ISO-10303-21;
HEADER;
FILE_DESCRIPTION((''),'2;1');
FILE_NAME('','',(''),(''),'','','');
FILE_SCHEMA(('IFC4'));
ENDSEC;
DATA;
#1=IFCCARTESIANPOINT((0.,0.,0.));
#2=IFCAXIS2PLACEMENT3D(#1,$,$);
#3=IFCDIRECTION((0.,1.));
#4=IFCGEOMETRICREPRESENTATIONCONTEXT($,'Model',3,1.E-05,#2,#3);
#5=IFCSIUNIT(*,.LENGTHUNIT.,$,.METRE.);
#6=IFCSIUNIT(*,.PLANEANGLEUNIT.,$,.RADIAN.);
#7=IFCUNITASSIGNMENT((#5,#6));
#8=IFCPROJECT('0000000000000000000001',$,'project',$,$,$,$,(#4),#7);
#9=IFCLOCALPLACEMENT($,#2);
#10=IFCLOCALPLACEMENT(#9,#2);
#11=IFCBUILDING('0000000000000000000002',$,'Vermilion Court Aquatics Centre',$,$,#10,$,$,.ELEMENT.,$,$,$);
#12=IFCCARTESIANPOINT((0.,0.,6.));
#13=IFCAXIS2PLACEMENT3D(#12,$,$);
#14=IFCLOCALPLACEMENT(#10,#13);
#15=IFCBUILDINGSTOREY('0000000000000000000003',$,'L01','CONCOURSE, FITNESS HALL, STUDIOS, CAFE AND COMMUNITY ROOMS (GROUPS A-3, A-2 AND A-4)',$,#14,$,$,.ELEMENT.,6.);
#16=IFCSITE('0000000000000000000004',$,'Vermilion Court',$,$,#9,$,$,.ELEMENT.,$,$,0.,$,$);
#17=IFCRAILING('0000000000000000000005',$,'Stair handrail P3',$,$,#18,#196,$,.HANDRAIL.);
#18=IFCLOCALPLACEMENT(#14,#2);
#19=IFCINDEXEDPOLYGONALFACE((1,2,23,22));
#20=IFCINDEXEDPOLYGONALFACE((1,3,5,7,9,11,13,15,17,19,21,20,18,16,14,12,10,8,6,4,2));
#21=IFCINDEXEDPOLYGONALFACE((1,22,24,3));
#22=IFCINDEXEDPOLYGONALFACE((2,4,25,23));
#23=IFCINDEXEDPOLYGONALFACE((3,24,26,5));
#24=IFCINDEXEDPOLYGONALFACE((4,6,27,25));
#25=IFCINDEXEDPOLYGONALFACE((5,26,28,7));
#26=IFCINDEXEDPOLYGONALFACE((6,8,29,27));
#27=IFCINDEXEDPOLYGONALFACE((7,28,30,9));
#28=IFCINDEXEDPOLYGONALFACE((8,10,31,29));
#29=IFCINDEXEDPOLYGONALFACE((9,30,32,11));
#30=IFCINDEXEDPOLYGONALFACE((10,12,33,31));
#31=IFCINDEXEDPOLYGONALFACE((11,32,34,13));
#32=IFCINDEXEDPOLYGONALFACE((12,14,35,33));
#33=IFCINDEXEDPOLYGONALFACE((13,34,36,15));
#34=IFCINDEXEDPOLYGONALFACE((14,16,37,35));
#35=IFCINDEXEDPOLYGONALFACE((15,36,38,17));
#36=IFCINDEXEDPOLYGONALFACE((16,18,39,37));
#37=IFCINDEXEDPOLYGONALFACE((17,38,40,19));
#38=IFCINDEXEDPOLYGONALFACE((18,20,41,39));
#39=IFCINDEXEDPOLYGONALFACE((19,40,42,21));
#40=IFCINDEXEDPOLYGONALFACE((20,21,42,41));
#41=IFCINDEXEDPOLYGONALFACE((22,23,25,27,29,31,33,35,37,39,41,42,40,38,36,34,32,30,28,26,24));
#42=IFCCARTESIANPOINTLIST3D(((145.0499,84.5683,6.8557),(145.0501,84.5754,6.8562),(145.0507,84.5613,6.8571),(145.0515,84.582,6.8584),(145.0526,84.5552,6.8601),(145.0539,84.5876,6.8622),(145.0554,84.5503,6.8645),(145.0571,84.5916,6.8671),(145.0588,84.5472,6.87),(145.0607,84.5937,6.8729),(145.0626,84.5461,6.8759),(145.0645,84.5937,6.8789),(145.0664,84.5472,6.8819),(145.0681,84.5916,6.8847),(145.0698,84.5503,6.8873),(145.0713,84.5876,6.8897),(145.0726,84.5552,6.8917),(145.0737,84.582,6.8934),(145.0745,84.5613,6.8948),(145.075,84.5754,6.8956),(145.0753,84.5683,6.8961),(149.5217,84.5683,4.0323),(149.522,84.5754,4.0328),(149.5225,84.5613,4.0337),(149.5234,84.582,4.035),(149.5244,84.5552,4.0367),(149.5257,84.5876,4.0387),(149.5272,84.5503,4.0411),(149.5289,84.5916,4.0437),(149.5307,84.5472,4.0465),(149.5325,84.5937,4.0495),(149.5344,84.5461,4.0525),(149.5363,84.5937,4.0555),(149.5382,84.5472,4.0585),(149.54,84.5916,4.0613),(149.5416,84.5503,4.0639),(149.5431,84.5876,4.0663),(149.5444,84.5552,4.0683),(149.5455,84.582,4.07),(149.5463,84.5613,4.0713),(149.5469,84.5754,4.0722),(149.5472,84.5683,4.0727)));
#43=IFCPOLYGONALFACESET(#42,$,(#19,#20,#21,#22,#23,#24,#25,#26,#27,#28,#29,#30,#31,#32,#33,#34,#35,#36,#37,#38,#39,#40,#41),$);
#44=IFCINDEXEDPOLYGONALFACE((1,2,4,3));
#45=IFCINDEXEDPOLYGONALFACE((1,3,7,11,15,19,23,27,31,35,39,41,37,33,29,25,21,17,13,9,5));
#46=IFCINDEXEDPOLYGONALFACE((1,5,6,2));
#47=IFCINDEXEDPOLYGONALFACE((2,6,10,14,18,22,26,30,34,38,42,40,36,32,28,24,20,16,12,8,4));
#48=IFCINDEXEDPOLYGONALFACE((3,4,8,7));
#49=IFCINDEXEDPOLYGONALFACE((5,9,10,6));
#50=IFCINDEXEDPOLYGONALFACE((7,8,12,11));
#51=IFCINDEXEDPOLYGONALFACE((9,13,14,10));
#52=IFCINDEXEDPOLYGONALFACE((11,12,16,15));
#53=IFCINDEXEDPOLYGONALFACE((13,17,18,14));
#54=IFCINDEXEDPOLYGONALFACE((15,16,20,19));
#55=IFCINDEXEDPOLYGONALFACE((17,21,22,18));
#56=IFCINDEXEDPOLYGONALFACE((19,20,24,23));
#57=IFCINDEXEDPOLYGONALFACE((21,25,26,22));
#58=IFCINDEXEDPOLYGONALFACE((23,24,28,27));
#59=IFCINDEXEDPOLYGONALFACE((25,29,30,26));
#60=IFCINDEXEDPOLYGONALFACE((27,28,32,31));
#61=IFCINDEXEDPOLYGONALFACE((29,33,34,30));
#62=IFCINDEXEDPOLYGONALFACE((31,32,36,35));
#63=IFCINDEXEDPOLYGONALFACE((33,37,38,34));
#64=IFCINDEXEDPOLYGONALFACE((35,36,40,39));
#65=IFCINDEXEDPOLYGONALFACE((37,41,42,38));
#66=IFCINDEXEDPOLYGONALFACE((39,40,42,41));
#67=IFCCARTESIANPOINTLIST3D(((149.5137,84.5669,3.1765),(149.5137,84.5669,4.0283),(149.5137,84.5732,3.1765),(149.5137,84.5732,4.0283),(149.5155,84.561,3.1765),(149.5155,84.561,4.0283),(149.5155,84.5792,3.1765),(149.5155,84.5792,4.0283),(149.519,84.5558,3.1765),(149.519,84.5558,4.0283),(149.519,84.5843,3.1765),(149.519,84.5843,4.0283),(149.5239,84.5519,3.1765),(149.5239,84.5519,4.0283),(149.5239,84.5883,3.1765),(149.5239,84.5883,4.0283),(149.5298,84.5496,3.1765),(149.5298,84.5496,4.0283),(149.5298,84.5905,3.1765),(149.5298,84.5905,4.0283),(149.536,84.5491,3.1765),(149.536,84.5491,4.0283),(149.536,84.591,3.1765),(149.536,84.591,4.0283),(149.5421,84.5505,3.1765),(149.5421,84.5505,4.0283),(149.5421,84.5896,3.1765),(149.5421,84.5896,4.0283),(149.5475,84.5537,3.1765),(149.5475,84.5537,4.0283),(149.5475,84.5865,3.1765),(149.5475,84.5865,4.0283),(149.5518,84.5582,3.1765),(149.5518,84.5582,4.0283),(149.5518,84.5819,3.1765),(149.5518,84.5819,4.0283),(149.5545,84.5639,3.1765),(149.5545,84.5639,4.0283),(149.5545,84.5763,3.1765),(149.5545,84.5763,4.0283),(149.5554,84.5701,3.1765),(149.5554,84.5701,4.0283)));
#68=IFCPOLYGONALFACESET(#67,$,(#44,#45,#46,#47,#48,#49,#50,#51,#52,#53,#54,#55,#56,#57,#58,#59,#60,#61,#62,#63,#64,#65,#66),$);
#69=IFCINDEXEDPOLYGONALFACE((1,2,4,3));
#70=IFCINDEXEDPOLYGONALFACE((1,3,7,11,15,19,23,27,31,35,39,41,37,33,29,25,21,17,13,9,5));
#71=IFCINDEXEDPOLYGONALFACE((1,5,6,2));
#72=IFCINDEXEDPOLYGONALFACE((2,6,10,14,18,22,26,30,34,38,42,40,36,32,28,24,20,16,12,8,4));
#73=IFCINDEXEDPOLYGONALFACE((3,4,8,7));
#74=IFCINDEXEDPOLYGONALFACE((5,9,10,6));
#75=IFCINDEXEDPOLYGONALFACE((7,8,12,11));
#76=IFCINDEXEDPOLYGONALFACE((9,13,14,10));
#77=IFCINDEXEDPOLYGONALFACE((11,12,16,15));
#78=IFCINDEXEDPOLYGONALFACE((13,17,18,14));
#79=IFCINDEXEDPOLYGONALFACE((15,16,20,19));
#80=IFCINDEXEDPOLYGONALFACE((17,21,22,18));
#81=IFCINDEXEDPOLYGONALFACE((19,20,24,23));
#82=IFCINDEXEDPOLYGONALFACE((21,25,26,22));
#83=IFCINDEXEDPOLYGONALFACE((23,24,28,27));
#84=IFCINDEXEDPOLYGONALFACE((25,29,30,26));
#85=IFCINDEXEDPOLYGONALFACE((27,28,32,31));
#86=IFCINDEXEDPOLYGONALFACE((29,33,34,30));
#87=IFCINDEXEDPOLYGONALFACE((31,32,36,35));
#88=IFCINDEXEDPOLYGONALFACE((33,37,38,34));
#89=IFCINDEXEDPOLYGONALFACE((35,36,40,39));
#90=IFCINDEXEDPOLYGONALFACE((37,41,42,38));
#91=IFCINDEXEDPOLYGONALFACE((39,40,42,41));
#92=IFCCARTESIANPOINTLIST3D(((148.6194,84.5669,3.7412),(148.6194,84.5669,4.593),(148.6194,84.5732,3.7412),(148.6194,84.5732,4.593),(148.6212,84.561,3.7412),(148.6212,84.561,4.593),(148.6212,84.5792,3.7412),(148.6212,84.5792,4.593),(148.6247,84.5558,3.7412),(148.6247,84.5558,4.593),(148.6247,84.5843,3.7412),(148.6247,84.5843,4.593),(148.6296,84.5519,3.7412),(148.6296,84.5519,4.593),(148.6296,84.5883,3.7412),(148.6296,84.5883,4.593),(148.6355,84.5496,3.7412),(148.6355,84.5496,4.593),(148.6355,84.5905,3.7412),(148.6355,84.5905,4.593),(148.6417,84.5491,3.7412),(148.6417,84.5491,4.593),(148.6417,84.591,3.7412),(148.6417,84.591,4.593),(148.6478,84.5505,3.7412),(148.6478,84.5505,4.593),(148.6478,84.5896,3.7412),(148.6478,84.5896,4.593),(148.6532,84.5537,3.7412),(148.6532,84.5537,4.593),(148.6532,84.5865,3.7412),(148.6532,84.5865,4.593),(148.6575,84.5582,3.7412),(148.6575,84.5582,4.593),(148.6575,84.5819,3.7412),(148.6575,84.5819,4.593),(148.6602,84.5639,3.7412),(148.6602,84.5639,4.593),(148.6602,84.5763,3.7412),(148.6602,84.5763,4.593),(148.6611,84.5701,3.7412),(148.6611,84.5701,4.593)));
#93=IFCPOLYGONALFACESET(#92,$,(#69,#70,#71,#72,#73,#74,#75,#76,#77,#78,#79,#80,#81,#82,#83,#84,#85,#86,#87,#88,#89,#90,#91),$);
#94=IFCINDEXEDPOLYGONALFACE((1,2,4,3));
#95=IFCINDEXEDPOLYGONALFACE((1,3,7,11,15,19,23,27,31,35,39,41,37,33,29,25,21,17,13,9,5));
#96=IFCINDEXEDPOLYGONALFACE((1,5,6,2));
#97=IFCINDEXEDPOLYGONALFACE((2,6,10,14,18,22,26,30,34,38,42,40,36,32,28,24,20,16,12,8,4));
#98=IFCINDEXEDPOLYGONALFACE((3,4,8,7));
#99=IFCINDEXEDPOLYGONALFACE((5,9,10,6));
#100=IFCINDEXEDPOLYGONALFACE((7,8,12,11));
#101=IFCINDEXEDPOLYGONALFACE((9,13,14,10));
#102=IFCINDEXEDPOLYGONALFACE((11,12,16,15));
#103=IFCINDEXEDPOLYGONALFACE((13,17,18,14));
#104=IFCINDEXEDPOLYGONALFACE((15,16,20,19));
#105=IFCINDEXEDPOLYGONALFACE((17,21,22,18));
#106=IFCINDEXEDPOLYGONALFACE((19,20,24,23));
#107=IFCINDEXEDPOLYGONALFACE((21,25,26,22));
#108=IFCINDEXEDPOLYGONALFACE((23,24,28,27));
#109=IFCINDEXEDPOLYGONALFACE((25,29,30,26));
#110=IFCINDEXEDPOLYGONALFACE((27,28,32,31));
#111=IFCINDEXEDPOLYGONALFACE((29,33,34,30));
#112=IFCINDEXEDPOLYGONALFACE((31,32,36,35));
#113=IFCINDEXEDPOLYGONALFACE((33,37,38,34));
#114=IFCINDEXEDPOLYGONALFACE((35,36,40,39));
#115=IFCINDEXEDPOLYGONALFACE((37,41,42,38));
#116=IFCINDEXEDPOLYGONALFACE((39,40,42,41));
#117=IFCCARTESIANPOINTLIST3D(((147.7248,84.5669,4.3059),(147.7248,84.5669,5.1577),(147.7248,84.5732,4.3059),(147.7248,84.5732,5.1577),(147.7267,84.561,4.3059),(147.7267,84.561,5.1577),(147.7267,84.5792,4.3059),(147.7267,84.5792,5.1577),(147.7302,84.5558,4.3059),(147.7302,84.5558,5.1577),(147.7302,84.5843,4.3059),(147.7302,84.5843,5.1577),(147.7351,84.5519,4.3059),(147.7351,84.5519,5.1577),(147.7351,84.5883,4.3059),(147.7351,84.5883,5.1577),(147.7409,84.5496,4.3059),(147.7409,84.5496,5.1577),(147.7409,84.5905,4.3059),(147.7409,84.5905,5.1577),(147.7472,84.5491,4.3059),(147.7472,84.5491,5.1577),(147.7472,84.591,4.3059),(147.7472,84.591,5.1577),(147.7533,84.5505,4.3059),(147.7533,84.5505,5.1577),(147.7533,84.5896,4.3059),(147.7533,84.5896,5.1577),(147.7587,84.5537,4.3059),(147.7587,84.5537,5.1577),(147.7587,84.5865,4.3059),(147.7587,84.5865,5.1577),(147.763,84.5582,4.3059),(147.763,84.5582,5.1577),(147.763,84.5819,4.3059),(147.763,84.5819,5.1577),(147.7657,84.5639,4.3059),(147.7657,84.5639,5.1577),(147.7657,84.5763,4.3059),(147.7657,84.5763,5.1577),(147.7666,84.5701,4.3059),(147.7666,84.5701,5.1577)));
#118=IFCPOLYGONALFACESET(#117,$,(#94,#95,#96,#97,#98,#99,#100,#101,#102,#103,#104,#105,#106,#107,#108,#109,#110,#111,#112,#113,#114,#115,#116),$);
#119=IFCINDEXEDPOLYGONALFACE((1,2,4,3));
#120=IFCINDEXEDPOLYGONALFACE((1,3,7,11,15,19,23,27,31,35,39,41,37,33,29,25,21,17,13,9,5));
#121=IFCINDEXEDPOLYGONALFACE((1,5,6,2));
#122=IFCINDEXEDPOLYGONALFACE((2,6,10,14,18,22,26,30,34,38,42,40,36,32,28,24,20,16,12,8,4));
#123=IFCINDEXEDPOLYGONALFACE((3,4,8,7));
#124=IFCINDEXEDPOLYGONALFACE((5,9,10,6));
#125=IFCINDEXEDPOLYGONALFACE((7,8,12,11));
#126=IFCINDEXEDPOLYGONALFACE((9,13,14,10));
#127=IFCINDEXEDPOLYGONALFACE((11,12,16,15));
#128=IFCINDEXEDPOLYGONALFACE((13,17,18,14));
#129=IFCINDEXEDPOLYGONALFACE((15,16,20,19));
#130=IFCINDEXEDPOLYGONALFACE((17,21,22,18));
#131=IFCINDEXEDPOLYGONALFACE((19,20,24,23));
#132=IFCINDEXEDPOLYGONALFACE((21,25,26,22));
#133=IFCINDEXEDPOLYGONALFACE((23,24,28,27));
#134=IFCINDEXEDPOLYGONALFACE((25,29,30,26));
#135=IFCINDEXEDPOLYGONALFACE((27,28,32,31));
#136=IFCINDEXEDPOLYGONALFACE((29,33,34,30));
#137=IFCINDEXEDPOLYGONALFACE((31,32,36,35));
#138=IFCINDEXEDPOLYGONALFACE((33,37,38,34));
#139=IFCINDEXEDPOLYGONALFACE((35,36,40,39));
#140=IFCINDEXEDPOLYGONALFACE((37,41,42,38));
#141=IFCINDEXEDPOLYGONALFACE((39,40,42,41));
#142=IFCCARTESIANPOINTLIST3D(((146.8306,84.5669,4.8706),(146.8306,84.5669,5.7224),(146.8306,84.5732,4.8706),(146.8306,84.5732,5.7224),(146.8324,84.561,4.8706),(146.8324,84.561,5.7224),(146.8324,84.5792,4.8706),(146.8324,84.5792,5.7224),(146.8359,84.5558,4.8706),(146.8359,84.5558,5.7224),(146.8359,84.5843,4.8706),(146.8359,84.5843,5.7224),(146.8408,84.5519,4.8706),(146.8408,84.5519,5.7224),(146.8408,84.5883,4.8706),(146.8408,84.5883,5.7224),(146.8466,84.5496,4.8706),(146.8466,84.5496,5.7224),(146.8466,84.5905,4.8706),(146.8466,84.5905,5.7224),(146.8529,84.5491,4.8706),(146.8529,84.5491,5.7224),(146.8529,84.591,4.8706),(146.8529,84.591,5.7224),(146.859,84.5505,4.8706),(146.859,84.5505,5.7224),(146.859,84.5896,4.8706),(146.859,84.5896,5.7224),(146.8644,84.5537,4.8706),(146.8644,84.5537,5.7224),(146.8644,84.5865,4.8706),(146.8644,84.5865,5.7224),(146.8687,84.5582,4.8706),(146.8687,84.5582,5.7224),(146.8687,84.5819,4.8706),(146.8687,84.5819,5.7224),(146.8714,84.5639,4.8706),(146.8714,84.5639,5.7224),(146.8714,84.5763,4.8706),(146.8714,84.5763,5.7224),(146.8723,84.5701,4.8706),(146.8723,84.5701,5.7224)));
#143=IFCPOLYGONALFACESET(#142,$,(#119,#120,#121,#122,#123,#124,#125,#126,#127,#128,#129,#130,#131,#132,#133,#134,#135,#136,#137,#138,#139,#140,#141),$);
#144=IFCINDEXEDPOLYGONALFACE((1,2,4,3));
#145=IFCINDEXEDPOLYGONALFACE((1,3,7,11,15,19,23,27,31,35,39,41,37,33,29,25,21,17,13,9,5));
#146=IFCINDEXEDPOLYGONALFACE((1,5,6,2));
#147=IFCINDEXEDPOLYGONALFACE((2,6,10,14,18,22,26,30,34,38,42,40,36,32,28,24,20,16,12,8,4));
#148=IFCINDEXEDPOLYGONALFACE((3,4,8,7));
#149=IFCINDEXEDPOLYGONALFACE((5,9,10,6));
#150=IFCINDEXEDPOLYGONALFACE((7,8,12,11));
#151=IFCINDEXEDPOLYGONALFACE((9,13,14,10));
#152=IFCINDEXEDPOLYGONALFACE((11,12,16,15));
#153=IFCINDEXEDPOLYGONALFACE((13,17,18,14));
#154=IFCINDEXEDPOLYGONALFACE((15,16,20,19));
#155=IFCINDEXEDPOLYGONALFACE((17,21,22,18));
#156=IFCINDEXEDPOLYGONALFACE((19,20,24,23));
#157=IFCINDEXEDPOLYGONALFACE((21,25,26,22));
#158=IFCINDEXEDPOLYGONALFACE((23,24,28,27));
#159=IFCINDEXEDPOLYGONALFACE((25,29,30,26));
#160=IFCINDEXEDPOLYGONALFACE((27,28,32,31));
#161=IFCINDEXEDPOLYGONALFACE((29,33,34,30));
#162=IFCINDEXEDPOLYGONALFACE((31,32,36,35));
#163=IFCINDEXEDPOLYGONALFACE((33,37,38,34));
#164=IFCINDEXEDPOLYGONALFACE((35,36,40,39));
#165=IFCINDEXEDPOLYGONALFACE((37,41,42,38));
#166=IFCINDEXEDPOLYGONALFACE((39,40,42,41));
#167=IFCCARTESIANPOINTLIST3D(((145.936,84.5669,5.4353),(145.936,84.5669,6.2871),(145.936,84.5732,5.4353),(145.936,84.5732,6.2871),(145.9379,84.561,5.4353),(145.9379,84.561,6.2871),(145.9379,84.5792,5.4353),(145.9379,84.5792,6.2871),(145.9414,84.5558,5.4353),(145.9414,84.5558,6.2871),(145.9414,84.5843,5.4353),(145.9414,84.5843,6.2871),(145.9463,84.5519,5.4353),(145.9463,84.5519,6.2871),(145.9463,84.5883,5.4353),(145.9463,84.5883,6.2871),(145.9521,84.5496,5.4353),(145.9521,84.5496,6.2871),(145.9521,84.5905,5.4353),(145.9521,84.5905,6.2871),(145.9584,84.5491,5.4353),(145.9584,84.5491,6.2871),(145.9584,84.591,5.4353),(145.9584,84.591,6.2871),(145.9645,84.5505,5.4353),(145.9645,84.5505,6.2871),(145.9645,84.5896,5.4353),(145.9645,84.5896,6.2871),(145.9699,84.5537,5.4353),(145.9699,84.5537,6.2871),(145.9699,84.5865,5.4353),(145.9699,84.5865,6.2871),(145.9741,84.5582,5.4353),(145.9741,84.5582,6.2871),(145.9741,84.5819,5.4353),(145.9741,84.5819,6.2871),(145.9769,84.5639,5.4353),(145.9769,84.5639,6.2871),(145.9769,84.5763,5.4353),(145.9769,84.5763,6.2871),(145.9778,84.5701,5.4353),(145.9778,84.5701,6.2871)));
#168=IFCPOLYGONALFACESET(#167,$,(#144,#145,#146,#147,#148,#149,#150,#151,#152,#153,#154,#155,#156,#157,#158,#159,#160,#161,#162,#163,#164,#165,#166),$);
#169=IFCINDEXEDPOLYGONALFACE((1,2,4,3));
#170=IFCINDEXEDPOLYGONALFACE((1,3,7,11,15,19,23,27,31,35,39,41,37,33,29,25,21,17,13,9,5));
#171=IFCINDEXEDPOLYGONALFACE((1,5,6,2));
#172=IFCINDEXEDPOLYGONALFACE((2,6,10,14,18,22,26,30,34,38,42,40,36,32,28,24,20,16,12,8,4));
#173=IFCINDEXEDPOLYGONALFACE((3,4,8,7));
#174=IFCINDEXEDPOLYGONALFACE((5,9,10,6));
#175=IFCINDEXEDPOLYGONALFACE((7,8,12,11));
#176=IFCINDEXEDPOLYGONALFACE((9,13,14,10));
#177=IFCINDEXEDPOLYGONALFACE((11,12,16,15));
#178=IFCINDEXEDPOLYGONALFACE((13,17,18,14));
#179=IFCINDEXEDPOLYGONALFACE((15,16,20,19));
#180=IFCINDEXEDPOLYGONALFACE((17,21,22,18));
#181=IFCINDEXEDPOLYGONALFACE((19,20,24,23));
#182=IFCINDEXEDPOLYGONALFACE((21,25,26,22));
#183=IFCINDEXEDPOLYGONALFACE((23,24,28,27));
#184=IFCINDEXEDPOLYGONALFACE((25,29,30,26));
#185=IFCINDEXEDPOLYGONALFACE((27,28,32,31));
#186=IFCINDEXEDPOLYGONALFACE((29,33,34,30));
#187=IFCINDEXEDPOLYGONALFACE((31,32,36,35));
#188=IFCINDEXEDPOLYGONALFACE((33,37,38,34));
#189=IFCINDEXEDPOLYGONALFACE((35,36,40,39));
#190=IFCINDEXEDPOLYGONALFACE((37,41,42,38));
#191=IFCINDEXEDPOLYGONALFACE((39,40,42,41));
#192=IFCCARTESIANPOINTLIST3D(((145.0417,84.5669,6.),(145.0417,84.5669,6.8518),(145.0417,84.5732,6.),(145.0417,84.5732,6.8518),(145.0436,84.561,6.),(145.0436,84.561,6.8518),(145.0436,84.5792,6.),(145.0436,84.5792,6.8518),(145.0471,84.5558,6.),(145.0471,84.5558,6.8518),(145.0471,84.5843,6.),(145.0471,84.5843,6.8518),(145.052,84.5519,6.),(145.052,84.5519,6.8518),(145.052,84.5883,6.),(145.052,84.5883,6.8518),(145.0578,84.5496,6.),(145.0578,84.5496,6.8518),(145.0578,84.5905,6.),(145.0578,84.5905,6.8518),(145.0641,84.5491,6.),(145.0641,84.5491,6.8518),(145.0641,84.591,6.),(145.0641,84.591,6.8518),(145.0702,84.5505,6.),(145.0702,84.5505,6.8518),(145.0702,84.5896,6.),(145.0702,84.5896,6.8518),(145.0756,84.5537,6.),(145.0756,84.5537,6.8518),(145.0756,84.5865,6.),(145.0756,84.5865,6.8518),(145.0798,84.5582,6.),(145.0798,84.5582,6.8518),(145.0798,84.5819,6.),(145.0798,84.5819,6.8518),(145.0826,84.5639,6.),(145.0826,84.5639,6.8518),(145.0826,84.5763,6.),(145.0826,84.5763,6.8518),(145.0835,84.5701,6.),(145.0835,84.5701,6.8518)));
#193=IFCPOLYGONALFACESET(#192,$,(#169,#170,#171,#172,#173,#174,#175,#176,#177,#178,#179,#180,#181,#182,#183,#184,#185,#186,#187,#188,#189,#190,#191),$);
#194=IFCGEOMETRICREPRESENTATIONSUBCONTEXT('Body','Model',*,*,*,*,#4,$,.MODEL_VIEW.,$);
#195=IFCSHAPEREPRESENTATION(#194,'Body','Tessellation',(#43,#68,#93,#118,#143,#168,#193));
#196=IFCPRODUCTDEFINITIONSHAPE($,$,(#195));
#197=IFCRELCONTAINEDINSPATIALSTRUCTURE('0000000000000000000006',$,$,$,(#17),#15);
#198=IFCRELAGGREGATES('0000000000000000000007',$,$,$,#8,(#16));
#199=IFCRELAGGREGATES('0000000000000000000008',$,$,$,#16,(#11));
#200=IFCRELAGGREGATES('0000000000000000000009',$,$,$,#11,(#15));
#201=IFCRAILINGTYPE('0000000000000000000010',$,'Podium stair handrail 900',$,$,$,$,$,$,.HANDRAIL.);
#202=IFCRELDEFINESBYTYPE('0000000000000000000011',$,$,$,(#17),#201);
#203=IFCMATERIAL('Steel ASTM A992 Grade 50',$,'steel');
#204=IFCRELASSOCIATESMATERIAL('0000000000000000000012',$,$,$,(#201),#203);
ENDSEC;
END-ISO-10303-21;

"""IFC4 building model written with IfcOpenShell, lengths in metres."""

from ifc_helpers import new_model, si_unit, direction, frame, origin, origin_2d, place, context, subcontext, project, spatial, circle, extrude, material, type_object, element, save


model = new_model("IFC4")

# Units and contexts
model_context = context("Model", 3, precision=1e-05, world=origin(), true_north=direction((0.0, 1.0)))
body_context = subcontext(model_context, "Body", "Model", "MODEL_VIEW")
ifc_project = project(units=[si_unit("LENGTHUNIT", "METRE"), si_unit("PLANEANGLEUNIT", "RADIAN")], contexts=[model_context])

# Site, building, storey
site_placement = place(None, origin())
site = spatial("IfcSite", under=ifc_project, at=site_placement, Name="Vermilion Court", CompositionType="ELEMENT", RefElevation=0.0)
building_placement = place(site_placement, origin())
building = spatial("IfcBuilding", under=site, at=building_placement, Name="Vermilion Court Aquatics Centre", CompositionType="ELEMENT")
storey_placement = place(building_placement, frame((0.0, 0.0, 6.0)))
storey = spatial("IfcBuildingStorey", under=building, at=storey_placement, Name="L01", Description="CONCOURSE, FITNESS HALL, STUDIOS, CAFE AND COMMUNITY ROOMS (GROUPS A-3, A-2 AND A-4)", CompositionType="ELEMENT", Elevation=6.0)

# Railing
ifc_material_1 = material(Name="Steel ASTM A992 Grade 50", Category="steel")
railing_type_1 = type_object("IfcRailingType", Name="Podium stair handrail 900", PredefinedType="HANDRAIL", material=ifc_material_1)
for number, where, name in (
    (1, (149.5344, 84.5701, 3.1765), "Stair handrail P3"),
):
    element("IfcRailing", number, at=place(storey_placement, frame(where)), inside=storey, type_object=railing_type_1, Name=name, PredefinedType="HANDRAIL", context=body_context, shape_type="SweptSolid", body=[
        extrude(circle(Radius=0.0239, at=origin_2d()), frame((0.0, 0.0, 0.876), z_axis=(-0.845565, 0.0, 0.533873), x_axis=(0.0, -1.0, 0.0)), (0.0, 0.0, 1.0), 5.2886),
        extrude(circle(Radius=0.021, at=origin_2d()), origin(), (0.0, 0.0, 1.0), 0.8518),
        extrude(circle(Radius=0.021, at=origin_2d()), frame((-0.8943, 0.0, 0.5647)), (0.0, 0.0, 1.0), 0.8518),
        extrude(circle(Radius=0.021, at=origin_2d()), frame((-1.7888, 0.0, 1.1294)), (0.0, 0.0, 1.0), 0.8518),
        extrude(circle(Radius=0.021, at=origin_2d()), frame((-2.6831, 0.0, 1.6941)), (0.0, 0.0, 1.0), 0.8518),
        extrude(circle(Radius=0.021, at=origin_2d()), frame((-3.5776, 0.0, 2.2588)), (0.0, 0.0, 1.0), 0.8518),
        extrude(circle(Radius=0.021, at=origin_2d()), frame((-4.4719, 0.0, 2.8235)), (0.0, 0.0, 1.0), 0.8518),
    ])

save(model, "model.ifc")
